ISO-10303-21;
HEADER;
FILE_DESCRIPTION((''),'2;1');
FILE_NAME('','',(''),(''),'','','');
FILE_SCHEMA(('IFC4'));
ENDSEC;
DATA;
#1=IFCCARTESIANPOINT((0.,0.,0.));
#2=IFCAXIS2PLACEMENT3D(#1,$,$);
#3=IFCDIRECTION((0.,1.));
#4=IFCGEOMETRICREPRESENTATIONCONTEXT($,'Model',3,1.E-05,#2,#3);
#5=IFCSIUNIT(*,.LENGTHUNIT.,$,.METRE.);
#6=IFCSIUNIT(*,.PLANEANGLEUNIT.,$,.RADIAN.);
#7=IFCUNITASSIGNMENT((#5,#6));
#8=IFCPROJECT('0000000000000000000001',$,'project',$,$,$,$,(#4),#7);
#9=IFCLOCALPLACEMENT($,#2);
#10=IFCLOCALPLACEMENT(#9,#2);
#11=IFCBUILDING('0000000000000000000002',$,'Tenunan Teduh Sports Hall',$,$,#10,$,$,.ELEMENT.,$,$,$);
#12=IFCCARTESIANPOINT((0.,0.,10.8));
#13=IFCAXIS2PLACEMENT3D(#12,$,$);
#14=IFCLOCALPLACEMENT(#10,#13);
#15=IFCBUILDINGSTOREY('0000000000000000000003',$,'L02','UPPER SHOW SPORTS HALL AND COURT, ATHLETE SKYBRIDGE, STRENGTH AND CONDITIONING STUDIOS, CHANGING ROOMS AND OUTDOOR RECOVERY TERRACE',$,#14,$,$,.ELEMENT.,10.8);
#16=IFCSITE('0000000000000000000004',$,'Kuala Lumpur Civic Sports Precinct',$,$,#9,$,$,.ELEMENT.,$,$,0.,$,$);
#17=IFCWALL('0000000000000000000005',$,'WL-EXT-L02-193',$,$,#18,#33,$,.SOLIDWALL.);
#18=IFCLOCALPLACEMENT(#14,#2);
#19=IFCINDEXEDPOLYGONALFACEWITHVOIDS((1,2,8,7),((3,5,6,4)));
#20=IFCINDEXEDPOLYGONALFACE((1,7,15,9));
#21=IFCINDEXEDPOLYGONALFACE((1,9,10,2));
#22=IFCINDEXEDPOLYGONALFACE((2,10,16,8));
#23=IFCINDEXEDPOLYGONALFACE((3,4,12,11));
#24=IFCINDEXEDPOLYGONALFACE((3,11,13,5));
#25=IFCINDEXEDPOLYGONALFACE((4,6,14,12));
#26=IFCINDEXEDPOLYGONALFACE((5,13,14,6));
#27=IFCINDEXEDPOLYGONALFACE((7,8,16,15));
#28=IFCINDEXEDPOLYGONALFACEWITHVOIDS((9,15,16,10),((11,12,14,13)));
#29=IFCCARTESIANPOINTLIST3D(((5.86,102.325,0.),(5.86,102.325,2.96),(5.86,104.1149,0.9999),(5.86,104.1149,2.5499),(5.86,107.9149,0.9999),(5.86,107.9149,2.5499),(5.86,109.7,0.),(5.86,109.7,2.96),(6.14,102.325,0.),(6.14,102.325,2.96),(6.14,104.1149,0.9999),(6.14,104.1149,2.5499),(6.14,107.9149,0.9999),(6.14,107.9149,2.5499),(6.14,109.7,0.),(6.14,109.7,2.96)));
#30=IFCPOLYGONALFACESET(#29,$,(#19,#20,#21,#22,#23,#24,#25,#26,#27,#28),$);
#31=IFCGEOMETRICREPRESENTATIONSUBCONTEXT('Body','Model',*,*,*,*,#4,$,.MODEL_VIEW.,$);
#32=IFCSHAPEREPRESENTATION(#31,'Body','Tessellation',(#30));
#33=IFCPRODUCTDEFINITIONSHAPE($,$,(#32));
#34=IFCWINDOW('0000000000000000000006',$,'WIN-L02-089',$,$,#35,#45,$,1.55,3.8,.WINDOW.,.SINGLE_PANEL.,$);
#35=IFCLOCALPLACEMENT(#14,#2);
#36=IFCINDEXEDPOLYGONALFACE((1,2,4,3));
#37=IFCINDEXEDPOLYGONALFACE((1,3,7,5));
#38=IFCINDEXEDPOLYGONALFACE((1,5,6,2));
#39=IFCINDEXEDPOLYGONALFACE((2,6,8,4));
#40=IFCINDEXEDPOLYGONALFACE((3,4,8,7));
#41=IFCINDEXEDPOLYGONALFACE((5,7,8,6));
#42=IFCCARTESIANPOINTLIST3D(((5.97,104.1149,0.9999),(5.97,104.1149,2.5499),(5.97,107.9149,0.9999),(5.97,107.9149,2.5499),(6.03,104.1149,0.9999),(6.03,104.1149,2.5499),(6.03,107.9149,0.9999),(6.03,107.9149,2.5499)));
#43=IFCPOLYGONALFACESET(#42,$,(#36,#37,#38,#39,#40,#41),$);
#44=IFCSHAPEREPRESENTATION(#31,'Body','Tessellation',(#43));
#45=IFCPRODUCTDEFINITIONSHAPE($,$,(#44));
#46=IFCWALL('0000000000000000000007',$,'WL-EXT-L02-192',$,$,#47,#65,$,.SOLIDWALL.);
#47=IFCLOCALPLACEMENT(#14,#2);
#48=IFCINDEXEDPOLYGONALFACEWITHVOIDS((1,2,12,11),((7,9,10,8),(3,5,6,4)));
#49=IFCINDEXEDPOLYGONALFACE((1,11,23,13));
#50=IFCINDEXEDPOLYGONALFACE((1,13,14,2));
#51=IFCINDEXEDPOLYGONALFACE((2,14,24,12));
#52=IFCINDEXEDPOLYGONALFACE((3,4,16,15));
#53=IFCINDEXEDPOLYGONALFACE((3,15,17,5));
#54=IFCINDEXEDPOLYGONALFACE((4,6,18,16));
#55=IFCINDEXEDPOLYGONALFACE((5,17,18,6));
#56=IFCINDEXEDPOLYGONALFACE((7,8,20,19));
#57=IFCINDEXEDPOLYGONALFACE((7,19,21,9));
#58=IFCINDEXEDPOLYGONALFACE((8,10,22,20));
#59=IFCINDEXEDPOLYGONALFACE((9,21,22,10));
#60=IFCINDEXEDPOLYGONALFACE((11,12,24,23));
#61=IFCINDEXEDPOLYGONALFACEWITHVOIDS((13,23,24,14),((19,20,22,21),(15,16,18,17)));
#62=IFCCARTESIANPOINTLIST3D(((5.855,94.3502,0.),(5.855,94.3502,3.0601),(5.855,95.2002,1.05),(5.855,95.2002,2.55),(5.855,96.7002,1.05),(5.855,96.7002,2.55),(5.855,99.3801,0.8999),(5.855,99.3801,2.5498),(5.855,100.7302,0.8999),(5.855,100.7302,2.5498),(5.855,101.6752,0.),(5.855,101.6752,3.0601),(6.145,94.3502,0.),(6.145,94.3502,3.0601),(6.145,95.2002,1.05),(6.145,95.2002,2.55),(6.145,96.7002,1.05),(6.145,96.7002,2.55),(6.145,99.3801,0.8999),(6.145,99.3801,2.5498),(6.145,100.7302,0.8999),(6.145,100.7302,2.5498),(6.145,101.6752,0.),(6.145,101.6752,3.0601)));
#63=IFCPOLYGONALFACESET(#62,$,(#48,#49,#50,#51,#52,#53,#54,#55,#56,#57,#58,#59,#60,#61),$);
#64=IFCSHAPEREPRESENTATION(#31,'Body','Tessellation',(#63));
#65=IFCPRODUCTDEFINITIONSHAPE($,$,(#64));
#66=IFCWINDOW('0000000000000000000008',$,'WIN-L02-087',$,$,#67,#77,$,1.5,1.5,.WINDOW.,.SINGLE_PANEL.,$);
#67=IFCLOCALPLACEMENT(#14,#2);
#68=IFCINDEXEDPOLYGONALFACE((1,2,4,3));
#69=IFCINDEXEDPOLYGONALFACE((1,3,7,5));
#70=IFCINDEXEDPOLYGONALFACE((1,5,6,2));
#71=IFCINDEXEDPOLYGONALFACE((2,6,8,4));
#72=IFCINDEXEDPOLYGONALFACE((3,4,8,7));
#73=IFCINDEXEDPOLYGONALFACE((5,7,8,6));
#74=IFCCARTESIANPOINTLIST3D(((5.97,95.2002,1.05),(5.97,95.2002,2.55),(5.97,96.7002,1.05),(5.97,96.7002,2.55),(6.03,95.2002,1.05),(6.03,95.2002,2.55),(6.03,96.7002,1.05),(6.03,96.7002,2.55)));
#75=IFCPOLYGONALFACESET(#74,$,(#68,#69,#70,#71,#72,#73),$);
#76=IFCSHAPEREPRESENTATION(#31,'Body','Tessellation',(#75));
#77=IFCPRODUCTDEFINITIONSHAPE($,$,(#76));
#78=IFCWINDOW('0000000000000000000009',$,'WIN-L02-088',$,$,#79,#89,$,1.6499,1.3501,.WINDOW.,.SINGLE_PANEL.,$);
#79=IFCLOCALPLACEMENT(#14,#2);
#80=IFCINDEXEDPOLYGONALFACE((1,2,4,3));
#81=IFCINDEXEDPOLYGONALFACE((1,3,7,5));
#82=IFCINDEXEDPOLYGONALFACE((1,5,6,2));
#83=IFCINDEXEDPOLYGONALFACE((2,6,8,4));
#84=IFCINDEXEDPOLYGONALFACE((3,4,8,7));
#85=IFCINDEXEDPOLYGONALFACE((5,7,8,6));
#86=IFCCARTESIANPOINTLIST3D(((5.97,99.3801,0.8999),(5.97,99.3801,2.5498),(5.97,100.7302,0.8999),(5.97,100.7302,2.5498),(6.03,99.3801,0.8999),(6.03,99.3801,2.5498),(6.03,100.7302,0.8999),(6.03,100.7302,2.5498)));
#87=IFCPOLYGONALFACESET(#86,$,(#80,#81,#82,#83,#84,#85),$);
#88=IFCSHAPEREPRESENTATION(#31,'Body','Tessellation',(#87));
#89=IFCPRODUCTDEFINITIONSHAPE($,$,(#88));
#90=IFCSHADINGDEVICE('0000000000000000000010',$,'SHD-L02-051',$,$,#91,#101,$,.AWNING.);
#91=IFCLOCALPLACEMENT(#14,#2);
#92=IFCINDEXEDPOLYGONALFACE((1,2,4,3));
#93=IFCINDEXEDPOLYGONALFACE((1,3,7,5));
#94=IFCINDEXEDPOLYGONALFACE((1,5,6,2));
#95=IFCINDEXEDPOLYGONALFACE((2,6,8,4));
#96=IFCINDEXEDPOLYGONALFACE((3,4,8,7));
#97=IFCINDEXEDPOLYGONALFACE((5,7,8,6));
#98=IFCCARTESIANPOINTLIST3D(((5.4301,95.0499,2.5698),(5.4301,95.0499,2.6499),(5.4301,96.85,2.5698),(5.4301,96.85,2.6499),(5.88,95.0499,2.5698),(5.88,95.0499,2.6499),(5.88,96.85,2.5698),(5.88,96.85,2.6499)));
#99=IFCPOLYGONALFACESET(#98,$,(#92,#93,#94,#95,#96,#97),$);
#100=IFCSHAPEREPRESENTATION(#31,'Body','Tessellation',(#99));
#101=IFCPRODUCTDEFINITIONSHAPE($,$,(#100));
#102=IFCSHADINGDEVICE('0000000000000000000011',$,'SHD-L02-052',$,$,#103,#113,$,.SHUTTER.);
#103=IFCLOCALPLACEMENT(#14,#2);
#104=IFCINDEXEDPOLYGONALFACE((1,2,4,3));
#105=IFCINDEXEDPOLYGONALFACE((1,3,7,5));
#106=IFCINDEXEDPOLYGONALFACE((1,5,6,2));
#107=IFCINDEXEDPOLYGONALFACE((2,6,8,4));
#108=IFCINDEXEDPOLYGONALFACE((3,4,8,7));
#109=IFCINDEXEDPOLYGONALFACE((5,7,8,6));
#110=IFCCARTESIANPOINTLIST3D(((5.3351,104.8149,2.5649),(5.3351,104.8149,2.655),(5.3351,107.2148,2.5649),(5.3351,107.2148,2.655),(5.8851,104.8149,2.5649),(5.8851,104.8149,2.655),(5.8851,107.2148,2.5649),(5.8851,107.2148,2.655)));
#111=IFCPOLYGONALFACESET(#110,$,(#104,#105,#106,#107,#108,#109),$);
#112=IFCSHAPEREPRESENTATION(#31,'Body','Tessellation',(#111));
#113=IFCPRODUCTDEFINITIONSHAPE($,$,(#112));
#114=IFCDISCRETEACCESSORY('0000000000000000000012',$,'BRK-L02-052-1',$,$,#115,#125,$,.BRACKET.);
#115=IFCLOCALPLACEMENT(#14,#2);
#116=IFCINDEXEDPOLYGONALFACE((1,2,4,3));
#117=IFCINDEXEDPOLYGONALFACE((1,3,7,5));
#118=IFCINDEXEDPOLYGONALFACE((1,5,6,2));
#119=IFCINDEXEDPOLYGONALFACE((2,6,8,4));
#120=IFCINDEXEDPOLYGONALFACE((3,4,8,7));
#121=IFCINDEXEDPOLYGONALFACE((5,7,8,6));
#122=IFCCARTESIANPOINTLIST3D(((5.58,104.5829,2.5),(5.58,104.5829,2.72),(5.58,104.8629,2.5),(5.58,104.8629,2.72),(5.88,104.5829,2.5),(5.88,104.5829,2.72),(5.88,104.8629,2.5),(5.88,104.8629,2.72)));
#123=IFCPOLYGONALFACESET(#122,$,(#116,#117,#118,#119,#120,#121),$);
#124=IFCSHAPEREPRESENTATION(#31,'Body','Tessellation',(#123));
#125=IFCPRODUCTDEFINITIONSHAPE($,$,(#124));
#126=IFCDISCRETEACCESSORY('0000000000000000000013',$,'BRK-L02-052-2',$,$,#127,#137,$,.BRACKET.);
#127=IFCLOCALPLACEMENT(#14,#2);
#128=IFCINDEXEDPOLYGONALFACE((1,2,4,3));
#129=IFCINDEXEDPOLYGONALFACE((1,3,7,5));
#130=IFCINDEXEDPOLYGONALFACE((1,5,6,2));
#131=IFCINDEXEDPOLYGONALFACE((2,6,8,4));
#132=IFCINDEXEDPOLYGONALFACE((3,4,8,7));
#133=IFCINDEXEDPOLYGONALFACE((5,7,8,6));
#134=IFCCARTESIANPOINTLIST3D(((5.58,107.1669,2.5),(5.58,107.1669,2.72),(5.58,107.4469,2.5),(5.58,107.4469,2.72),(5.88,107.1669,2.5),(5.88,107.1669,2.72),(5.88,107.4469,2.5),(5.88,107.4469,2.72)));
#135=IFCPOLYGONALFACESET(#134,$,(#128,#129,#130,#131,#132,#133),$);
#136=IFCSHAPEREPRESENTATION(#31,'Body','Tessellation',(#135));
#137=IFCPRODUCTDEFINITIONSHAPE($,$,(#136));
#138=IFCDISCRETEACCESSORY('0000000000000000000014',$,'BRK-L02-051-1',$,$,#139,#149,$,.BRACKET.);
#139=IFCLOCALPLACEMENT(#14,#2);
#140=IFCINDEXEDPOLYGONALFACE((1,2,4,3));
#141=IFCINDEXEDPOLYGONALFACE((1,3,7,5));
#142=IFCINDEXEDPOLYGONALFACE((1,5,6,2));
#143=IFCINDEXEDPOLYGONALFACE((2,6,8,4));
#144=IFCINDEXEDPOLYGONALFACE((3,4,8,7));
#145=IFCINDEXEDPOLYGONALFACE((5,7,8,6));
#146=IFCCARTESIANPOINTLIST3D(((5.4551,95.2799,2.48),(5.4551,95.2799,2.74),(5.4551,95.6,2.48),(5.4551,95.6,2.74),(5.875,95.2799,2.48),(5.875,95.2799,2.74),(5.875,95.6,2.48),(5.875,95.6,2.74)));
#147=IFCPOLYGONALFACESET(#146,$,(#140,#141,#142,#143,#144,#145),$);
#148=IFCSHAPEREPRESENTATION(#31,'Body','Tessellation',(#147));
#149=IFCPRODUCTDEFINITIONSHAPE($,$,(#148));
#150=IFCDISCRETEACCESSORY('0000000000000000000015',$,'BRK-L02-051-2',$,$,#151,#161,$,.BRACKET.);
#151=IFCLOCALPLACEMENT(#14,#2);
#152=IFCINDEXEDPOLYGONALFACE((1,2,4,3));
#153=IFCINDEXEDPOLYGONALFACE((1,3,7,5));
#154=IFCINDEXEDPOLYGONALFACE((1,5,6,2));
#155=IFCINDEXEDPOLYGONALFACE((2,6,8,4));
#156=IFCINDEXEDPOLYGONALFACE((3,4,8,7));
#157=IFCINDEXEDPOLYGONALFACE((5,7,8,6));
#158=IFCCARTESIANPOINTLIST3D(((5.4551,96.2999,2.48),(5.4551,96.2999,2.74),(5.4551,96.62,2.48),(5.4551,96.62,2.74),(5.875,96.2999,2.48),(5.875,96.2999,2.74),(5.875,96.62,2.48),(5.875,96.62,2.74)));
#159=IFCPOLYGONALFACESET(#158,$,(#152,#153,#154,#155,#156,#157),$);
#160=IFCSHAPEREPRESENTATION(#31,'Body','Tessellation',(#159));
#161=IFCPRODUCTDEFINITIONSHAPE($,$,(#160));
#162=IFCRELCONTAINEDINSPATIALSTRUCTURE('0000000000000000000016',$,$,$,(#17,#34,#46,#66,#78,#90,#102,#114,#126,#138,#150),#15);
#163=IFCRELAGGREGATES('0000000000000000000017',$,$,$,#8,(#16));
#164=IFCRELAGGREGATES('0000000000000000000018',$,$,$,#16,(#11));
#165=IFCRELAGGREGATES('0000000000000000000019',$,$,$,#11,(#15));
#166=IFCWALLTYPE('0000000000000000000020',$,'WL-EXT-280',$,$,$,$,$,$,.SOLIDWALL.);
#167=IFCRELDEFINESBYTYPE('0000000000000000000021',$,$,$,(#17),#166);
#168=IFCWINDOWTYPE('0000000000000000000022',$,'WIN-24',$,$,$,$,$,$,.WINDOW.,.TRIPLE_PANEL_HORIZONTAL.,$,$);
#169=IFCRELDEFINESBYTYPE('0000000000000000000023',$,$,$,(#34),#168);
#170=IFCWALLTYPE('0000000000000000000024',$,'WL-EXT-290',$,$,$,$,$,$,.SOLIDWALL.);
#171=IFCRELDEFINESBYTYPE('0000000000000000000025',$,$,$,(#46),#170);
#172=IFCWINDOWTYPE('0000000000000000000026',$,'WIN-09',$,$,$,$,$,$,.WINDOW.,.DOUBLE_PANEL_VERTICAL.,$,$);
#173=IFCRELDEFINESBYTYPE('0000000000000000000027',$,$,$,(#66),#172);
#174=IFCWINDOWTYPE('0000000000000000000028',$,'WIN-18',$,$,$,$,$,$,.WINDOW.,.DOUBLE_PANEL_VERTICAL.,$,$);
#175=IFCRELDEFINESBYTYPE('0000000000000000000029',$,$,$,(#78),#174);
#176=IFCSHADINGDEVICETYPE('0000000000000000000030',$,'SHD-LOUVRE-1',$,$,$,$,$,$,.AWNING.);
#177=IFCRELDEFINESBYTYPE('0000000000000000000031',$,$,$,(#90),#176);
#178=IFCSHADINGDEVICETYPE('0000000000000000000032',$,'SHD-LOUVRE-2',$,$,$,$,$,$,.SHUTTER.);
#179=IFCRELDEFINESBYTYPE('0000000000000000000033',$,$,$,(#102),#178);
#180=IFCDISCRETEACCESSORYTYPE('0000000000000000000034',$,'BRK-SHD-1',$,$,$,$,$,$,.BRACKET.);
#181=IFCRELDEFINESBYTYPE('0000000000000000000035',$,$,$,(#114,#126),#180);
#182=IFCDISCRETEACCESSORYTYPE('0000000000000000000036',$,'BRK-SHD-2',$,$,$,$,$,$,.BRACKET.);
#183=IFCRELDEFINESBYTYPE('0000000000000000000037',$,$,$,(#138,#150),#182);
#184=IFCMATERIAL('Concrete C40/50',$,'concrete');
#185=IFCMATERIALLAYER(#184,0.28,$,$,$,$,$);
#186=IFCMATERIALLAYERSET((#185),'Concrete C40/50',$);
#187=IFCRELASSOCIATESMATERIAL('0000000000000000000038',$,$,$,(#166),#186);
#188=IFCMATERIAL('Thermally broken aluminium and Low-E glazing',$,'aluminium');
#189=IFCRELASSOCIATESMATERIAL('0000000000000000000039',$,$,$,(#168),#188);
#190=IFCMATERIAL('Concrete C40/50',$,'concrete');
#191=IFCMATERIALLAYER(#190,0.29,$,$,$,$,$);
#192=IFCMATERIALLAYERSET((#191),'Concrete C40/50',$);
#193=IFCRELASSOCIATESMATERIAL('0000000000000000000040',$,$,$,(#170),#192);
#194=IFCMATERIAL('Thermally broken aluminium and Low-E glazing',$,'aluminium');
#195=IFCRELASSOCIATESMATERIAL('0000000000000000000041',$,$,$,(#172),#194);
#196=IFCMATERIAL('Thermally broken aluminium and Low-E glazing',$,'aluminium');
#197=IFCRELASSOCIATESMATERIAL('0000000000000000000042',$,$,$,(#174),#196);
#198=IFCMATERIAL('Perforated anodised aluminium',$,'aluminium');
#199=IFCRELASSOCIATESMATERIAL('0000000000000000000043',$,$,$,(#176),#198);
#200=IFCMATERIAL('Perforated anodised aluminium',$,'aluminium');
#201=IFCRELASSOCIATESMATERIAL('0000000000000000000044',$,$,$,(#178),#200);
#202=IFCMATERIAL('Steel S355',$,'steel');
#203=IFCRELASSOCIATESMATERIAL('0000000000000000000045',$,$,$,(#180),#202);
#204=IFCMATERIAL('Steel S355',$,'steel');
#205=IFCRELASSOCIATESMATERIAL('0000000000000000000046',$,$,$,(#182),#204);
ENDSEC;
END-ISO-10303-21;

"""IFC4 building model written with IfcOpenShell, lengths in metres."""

from ifc_helpers import new_model, si_unit, direction, frame, frame_2d, origin, origin_2d, place, context, subcontext, project, spatial, rectangle, extrude, material, layer, layer_set, type_object, element, fill, save


model = new_model("IFC4")

# Units and contexts
model_context = context("Model", 3, precision=1e-05, world=origin(), true_north=direction((0.0, 1.0)))
body_context = subcontext(model_context, "Body", "Model", "MODEL_VIEW")
ifc_project = project(units=[si_unit("LENGTHUNIT", "METRE"), si_unit("PLANEANGLEUNIT", "RADIAN")], contexts=[model_context])

# Site, building, storey
site_placement = place(None, origin())
site = spatial("IfcSite", under=ifc_project, at=site_placement, Name="Kuala Lumpur Civic Sports Precinct", CompositionType="ELEMENT", RefElevation=0.0)
building_placement = place(site_placement, origin())
building = spatial("IfcBuilding", under=site, at=building_placement, Name="Tenunan Teduh Sports Hall", CompositionType="ELEMENT")
storey_placement = place(building_placement, frame((0.0, 0.0, 10.8)))
storey = spatial("IfcBuildingStorey", under=building, at=storey_placement, Name="L02", Description="UPPER SHOW SPORTS HALL AND COURT, ATHLETE SKYBRIDGE, STRENGTH AND CONDITIONING STUDIOS, CHANGING ROOMS AND OUTDOOR RECOVERY TERRACE", CompositionType="ELEMENT", Elevation=10.8)

# Wall, opening, window
ifc_material_1 = material(Name="Concrete C40/50", Category="concrete")
ifc_layer_1 = layer(ifc_material_1, 0.28)
ifc_layer_set_1 = layer_set([ifc_layer_1], Name="Concrete C40/50")
wall_type_1 = type_object("IfcWallType", Name="WL-EXT-280", PredefinedType="SOLIDWALL", material=ifc_layer_set_1)
wall_1_placement = place(storey_placement, frame((6.0, 102.325, 0.0), z_axis=(0.0, 0.0, 1.0), x_axis=(0.0, 1.0, 0.0)))
wall_1 = element("IfcWall", 1, at=wall_1_placement, inside=storey, type_object=wall_type_1, Name="WL-EXT-L02-193", PredefinedType="SOLIDWALL", context=body_context, shape_type="SweptSolid", body=[
    extrude(rectangle(XDim=7.375, YDim=0.28, at=frame_2d((3.6875, 0.0))), origin(), (0.0, 0.0, 1.0), 2.96),
])
opening_1_placement = place(wall_1_placement, frame((1.79, 0.0, 1.0)))
opening_1 = element("IfcOpeningElement", 2, at=opening_1_placement, cuts=wall_1, PredefinedType="OPENING", context=body_context, shape_type="SweptSolid", body=[
    extrude(rectangle(XDim=3.8, YDim=1.55, at=frame_2d((1.8999, 0.7749))), frame((0.0, 0.1499, 0.0), z_axis=(0.0, -1.0, 0.0), x_axis=(1.0, 0.0, 0.0)), (0.0, 0.0, 1.0), 0.3),
])
ifc_material_2 = material(Name="Thermally broken aluminium and Low-E glazing", Category="aluminium")
window_type_1 = type_object("IfcWindowType", Name="WIN-24", PartitioningType="TRIPLE_PANEL_HORIZONTAL", PredefinedType="WINDOW", material=ifc_material_2)
window_1_placement = place(opening_1_placement, origin())
window_1 = element("IfcWindow", 3, at=window_1_placement, inside=storey, type_object=window_type_1, Name="WIN-L02-089", OverallHeight=1.55, OverallWidth=3.8, PartitioningType="SINGLE_PANEL", PredefinedType="WINDOW", context=body_context, shape_type="SweptSolid", body=[
    extrude(rectangle(XDim=3.8, YDim=1.55, at=frame_2d((1.8999, 0.7749))), frame((0.0, 0.03, 0.0), z_axis=(0.0, -1.0, 0.0), x_axis=(1.0, 0.0, 0.0)), (0.0, 0.0, 1.0), 0.0601),
])
fill(opening_1, window_1)

# Wall, openings, windows
ifc_material_3 = material(Name="Concrete C40/50", Category="concrete")
ifc_layer_2 = layer(ifc_material_3, 0.29)
ifc_layer_set_2 = layer_set([ifc_layer_2], Name="Concrete C40/50")
wall_type_2 = type_object("IfcWallType", Name="WL-EXT-290", PredefinedType="SOLIDWALL", material=ifc_layer_set_2)
wall_2_placement = place(storey_placement, frame((6.0, 94.3501, 0.0), z_axis=(0.0, 0.0, 1.0), x_axis=(0.0, 1.0, 0.0)))
wall_2 = element("IfcWall", 4, at=wall_2_placement, inside=storey, type_object=wall_type_2, Name="WL-EXT-L02-192", PredefinedType="SOLIDWALL", context=body_context, shape_type="SweptSolid", body=[
    extrude(rectangle(XDim=7.325, YDim=0.29, at=frame_2d((3.6626, 0.0))), origin(), (0.0, 0.0, 1.0), 3.0601),
])
opening_2_placement = place(wall_2_placement, frame((0.8501, 0.0, 1.05)))
opening_2 = element("IfcOpeningElement", 5, at=opening_2_placement, cuts=wall_2, PredefinedType="OPENING", context=body_context, shape_type="SweptSolid", body=[
    extrude(rectangle(XDim=1.5, YDim=1.5, at=frame_2d((0.75, 0.75))), frame((0.0, 0.155, 0.0), z_axis=(0.0, -1.0, 0.0), x_axis=(1.0, 0.0, 0.0)), (0.0, 0.0, 1.0), 0.3101),
])
opening_3_placement = place(wall_2_placement, frame((5.03, 0.0, 0.8999)))
opening_3 = element("IfcOpeningElement", 6, at=opening_3_placement, cuts=wall_2, PredefinedType="OPENING", context=body_context, shape_type="SweptSolid", body=[
    extrude(rectangle(XDim=1.3501, YDim=1.6499, at=frame_2d((0.675, 0.825))), frame((0.0, 0.155, 0.0), z_axis=(0.0, -1.0, 0.0), x_axis=(1.0, 0.0, 0.0)), (0.0, 0.0, 1.0), 0.3101),
])
ifc_material_4 = material(Name="Thermally broken aluminium and Low-E glazing", Category="aluminium")
window_type_2 = type_object("IfcWindowType", Name="WIN-09", PartitioningType="DOUBLE_PANEL_VERTICAL", PredefinedType="WINDOW", material=ifc_material_4)
window_2_placement = place(opening_2_placement, origin())
window_2 = element("IfcWindow", 7, at=window_2_placement, inside=storey, type_object=window_type_2, Name="WIN-L02-087", OverallHeight=1.5, OverallWidth=1.5, PartitioningType="SINGLE_PANEL", PredefinedType="WINDOW", context=body_context, shape_type="SweptSolid", body=[
    extrude(rectangle(XDim=1.5, YDim=1.5, at=frame_2d((0.75, 0.75))), frame((0.0, 0.03, 0.0), z_axis=(0.0, -1.0, 0.0), x_axis=(1.0, 0.0, 0.0)), (0.0, 0.0, 1.0), 0.0601),
])
fill(opening_2, window_2)
ifc_material_5 = material(Name="Thermally broken aluminium and Low-E glazing", Category="aluminium")
window_type_3 = type_object("IfcWindowType", Name="WIN-18", PartitioningType="DOUBLE_PANEL_VERTICAL", PredefinedType="WINDOW", material=ifc_material_5)
window_3_placement = place(opening_3_placement, origin())
window_3 = element("IfcWindow", 8, at=window_3_placement, inside=storey, type_object=window_type_3, Name="WIN-L02-088", OverallHeight=1.6499, OverallWidth=1.3501, PartitioningType="SINGLE_PANEL", PredefinedType="WINDOW", context=body_context, shape_type="SweptSolid", body=[
    extrude(rectangle(XDim=1.3501, YDim=1.6499, at=frame_2d((0.675, 0.825))), frame((0.0, 0.03, 0.0), z_axis=(0.0, -1.0, 0.0), x_axis=(1.0, 0.0, 0.0)), (0.0, 0.0, 1.0), 0.0601),
])
fill(opening_3, window_3)

# Shading devices
ifc_material_6 = material(Name="Perforated anodised aluminium", Category="aluminium")
shading_device_type_1 = type_object("IfcShadingDeviceType", Name="SHD-LOUVRE-1", PredefinedType="AWNING", material=ifc_material_6)
shading_device_1_placement = place(storey_placement, frame((5.655, 95.95, 2.5698), z_axis=(0.0, 0.0, 1.0), x_axis=(0.0, 1.0, 0.0)))
element("IfcShadingDevice", 9, at=shading_device_1_placement, inside=storey, type_object=shading_device_type_1, Name="SHD-L02-051", PredefinedType="AWNING", context=body_context, shape_type="SweptSolid", body=[
    extrude(rectangle(XDim=1.8, YDim=0.45, at=origin_2d()), origin(), (0.0, 0.0, 1.0), 0.0801),
])
ifc_material_7 = material(Name="Perforated anodised aluminium", Category="aluminium")
shading_device_type_2 = type_object("IfcShadingDeviceType", Name="SHD-LOUVRE-2", PredefinedType="SHUTTER", material=ifc_material_7)
shading_device_2_placement = place(storey_placement, frame((5.6101, 106.0149, 2.5649), z_axis=(0.0, 0.0, 1.0), x_axis=(0.0, 1.0, 0.0)))
element("IfcShadingDevice", 10, at=shading_device_2_placement, inside=storey, type_object=shading_device_type_2, Name="SHD-L02-052", PredefinedType="SHUTTER", context=body_context, shape_type="SweptSolid", body=[
    extrude(rectangle(XDim=2.3999, YDim=0.55, at=origin_2d()), origin(), (0.0, 0.0, 1.0), 0.0901),
])

# Discrete accessories
ifc_material_8 = material(Name="Steel S355", Category="steel")
discrete_accessory_type_1 = type_object("IfcDiscreteAccessoryType", Name="BRK-SHD-1", PredefinedType="BRACKET", material=ifc_material_8)
for number, where, z_axis, x_axis, name in (
    (11, (5.73, 104.7229, 2.5), (0.0, 0.0, 1.0), (0.0, 1.0, 0.0), "BRK-L02-052-1"),
    (12, (5.73, 107.3069, 2.5), (0.0, 0.0, 1.0), (0.0, 1.0, 0.0), "BRK-L02-052-2"),
):
    element("IfcDiscreteAccessory", number, at=place(storey_placement, frame(where, z_axis=z_axis, x_axis=x_axis)), inside=storey, type_object=discrete_accessory_type_1, Name=name, PredefinedType="BRACKET", context=body_context, shape_type="SweptSolid", body=[
        extrude(rectangle(XDim=0.28, YDim=0.3, at=origin_2d()), origin(), (0.0, 0.0, 1.0), 0.22),
    ])
ifc_material_9 = material(Name="Steel S355", Category="steel")
discrete_accessory_type_2 = type_object("IfcDiscreteAccessoryType", Name="BRK-SHD-2", PredefinedType="BRACKET", material=ifc_material_9)
for number, where, z_axis, x_axis, name in (
    (13, (5.665, 95.4399, 2.48), (0.0, 0.0, 1.0), (0.0, 1.0, 0.0), "BRK-L02-051-1"),
    (14, (5.665, 96.46, 2.48), (0.0, 0.0, 1.0), (0.0, 1.0, 0.0), "BRK-L02-051-2"),
):
    element("IfcDiscreteAccessory", number, at=place(storey_placement, frame(where, z_axis=z_axis, x_axis=x_axis)), inside=storey, type_object=discrete_accessory_type_2, Name=name, PredefinedType="BRACKET", context=body_context, shape_type="SweptSolid", body=[
        extrude(rectangle(XDim=0.3201, YDim=0.4199, at=origin_2d()), origin(), (0.0, 0.0, 1.0), 0.26),
    ])

save(model, "model.ifc")
